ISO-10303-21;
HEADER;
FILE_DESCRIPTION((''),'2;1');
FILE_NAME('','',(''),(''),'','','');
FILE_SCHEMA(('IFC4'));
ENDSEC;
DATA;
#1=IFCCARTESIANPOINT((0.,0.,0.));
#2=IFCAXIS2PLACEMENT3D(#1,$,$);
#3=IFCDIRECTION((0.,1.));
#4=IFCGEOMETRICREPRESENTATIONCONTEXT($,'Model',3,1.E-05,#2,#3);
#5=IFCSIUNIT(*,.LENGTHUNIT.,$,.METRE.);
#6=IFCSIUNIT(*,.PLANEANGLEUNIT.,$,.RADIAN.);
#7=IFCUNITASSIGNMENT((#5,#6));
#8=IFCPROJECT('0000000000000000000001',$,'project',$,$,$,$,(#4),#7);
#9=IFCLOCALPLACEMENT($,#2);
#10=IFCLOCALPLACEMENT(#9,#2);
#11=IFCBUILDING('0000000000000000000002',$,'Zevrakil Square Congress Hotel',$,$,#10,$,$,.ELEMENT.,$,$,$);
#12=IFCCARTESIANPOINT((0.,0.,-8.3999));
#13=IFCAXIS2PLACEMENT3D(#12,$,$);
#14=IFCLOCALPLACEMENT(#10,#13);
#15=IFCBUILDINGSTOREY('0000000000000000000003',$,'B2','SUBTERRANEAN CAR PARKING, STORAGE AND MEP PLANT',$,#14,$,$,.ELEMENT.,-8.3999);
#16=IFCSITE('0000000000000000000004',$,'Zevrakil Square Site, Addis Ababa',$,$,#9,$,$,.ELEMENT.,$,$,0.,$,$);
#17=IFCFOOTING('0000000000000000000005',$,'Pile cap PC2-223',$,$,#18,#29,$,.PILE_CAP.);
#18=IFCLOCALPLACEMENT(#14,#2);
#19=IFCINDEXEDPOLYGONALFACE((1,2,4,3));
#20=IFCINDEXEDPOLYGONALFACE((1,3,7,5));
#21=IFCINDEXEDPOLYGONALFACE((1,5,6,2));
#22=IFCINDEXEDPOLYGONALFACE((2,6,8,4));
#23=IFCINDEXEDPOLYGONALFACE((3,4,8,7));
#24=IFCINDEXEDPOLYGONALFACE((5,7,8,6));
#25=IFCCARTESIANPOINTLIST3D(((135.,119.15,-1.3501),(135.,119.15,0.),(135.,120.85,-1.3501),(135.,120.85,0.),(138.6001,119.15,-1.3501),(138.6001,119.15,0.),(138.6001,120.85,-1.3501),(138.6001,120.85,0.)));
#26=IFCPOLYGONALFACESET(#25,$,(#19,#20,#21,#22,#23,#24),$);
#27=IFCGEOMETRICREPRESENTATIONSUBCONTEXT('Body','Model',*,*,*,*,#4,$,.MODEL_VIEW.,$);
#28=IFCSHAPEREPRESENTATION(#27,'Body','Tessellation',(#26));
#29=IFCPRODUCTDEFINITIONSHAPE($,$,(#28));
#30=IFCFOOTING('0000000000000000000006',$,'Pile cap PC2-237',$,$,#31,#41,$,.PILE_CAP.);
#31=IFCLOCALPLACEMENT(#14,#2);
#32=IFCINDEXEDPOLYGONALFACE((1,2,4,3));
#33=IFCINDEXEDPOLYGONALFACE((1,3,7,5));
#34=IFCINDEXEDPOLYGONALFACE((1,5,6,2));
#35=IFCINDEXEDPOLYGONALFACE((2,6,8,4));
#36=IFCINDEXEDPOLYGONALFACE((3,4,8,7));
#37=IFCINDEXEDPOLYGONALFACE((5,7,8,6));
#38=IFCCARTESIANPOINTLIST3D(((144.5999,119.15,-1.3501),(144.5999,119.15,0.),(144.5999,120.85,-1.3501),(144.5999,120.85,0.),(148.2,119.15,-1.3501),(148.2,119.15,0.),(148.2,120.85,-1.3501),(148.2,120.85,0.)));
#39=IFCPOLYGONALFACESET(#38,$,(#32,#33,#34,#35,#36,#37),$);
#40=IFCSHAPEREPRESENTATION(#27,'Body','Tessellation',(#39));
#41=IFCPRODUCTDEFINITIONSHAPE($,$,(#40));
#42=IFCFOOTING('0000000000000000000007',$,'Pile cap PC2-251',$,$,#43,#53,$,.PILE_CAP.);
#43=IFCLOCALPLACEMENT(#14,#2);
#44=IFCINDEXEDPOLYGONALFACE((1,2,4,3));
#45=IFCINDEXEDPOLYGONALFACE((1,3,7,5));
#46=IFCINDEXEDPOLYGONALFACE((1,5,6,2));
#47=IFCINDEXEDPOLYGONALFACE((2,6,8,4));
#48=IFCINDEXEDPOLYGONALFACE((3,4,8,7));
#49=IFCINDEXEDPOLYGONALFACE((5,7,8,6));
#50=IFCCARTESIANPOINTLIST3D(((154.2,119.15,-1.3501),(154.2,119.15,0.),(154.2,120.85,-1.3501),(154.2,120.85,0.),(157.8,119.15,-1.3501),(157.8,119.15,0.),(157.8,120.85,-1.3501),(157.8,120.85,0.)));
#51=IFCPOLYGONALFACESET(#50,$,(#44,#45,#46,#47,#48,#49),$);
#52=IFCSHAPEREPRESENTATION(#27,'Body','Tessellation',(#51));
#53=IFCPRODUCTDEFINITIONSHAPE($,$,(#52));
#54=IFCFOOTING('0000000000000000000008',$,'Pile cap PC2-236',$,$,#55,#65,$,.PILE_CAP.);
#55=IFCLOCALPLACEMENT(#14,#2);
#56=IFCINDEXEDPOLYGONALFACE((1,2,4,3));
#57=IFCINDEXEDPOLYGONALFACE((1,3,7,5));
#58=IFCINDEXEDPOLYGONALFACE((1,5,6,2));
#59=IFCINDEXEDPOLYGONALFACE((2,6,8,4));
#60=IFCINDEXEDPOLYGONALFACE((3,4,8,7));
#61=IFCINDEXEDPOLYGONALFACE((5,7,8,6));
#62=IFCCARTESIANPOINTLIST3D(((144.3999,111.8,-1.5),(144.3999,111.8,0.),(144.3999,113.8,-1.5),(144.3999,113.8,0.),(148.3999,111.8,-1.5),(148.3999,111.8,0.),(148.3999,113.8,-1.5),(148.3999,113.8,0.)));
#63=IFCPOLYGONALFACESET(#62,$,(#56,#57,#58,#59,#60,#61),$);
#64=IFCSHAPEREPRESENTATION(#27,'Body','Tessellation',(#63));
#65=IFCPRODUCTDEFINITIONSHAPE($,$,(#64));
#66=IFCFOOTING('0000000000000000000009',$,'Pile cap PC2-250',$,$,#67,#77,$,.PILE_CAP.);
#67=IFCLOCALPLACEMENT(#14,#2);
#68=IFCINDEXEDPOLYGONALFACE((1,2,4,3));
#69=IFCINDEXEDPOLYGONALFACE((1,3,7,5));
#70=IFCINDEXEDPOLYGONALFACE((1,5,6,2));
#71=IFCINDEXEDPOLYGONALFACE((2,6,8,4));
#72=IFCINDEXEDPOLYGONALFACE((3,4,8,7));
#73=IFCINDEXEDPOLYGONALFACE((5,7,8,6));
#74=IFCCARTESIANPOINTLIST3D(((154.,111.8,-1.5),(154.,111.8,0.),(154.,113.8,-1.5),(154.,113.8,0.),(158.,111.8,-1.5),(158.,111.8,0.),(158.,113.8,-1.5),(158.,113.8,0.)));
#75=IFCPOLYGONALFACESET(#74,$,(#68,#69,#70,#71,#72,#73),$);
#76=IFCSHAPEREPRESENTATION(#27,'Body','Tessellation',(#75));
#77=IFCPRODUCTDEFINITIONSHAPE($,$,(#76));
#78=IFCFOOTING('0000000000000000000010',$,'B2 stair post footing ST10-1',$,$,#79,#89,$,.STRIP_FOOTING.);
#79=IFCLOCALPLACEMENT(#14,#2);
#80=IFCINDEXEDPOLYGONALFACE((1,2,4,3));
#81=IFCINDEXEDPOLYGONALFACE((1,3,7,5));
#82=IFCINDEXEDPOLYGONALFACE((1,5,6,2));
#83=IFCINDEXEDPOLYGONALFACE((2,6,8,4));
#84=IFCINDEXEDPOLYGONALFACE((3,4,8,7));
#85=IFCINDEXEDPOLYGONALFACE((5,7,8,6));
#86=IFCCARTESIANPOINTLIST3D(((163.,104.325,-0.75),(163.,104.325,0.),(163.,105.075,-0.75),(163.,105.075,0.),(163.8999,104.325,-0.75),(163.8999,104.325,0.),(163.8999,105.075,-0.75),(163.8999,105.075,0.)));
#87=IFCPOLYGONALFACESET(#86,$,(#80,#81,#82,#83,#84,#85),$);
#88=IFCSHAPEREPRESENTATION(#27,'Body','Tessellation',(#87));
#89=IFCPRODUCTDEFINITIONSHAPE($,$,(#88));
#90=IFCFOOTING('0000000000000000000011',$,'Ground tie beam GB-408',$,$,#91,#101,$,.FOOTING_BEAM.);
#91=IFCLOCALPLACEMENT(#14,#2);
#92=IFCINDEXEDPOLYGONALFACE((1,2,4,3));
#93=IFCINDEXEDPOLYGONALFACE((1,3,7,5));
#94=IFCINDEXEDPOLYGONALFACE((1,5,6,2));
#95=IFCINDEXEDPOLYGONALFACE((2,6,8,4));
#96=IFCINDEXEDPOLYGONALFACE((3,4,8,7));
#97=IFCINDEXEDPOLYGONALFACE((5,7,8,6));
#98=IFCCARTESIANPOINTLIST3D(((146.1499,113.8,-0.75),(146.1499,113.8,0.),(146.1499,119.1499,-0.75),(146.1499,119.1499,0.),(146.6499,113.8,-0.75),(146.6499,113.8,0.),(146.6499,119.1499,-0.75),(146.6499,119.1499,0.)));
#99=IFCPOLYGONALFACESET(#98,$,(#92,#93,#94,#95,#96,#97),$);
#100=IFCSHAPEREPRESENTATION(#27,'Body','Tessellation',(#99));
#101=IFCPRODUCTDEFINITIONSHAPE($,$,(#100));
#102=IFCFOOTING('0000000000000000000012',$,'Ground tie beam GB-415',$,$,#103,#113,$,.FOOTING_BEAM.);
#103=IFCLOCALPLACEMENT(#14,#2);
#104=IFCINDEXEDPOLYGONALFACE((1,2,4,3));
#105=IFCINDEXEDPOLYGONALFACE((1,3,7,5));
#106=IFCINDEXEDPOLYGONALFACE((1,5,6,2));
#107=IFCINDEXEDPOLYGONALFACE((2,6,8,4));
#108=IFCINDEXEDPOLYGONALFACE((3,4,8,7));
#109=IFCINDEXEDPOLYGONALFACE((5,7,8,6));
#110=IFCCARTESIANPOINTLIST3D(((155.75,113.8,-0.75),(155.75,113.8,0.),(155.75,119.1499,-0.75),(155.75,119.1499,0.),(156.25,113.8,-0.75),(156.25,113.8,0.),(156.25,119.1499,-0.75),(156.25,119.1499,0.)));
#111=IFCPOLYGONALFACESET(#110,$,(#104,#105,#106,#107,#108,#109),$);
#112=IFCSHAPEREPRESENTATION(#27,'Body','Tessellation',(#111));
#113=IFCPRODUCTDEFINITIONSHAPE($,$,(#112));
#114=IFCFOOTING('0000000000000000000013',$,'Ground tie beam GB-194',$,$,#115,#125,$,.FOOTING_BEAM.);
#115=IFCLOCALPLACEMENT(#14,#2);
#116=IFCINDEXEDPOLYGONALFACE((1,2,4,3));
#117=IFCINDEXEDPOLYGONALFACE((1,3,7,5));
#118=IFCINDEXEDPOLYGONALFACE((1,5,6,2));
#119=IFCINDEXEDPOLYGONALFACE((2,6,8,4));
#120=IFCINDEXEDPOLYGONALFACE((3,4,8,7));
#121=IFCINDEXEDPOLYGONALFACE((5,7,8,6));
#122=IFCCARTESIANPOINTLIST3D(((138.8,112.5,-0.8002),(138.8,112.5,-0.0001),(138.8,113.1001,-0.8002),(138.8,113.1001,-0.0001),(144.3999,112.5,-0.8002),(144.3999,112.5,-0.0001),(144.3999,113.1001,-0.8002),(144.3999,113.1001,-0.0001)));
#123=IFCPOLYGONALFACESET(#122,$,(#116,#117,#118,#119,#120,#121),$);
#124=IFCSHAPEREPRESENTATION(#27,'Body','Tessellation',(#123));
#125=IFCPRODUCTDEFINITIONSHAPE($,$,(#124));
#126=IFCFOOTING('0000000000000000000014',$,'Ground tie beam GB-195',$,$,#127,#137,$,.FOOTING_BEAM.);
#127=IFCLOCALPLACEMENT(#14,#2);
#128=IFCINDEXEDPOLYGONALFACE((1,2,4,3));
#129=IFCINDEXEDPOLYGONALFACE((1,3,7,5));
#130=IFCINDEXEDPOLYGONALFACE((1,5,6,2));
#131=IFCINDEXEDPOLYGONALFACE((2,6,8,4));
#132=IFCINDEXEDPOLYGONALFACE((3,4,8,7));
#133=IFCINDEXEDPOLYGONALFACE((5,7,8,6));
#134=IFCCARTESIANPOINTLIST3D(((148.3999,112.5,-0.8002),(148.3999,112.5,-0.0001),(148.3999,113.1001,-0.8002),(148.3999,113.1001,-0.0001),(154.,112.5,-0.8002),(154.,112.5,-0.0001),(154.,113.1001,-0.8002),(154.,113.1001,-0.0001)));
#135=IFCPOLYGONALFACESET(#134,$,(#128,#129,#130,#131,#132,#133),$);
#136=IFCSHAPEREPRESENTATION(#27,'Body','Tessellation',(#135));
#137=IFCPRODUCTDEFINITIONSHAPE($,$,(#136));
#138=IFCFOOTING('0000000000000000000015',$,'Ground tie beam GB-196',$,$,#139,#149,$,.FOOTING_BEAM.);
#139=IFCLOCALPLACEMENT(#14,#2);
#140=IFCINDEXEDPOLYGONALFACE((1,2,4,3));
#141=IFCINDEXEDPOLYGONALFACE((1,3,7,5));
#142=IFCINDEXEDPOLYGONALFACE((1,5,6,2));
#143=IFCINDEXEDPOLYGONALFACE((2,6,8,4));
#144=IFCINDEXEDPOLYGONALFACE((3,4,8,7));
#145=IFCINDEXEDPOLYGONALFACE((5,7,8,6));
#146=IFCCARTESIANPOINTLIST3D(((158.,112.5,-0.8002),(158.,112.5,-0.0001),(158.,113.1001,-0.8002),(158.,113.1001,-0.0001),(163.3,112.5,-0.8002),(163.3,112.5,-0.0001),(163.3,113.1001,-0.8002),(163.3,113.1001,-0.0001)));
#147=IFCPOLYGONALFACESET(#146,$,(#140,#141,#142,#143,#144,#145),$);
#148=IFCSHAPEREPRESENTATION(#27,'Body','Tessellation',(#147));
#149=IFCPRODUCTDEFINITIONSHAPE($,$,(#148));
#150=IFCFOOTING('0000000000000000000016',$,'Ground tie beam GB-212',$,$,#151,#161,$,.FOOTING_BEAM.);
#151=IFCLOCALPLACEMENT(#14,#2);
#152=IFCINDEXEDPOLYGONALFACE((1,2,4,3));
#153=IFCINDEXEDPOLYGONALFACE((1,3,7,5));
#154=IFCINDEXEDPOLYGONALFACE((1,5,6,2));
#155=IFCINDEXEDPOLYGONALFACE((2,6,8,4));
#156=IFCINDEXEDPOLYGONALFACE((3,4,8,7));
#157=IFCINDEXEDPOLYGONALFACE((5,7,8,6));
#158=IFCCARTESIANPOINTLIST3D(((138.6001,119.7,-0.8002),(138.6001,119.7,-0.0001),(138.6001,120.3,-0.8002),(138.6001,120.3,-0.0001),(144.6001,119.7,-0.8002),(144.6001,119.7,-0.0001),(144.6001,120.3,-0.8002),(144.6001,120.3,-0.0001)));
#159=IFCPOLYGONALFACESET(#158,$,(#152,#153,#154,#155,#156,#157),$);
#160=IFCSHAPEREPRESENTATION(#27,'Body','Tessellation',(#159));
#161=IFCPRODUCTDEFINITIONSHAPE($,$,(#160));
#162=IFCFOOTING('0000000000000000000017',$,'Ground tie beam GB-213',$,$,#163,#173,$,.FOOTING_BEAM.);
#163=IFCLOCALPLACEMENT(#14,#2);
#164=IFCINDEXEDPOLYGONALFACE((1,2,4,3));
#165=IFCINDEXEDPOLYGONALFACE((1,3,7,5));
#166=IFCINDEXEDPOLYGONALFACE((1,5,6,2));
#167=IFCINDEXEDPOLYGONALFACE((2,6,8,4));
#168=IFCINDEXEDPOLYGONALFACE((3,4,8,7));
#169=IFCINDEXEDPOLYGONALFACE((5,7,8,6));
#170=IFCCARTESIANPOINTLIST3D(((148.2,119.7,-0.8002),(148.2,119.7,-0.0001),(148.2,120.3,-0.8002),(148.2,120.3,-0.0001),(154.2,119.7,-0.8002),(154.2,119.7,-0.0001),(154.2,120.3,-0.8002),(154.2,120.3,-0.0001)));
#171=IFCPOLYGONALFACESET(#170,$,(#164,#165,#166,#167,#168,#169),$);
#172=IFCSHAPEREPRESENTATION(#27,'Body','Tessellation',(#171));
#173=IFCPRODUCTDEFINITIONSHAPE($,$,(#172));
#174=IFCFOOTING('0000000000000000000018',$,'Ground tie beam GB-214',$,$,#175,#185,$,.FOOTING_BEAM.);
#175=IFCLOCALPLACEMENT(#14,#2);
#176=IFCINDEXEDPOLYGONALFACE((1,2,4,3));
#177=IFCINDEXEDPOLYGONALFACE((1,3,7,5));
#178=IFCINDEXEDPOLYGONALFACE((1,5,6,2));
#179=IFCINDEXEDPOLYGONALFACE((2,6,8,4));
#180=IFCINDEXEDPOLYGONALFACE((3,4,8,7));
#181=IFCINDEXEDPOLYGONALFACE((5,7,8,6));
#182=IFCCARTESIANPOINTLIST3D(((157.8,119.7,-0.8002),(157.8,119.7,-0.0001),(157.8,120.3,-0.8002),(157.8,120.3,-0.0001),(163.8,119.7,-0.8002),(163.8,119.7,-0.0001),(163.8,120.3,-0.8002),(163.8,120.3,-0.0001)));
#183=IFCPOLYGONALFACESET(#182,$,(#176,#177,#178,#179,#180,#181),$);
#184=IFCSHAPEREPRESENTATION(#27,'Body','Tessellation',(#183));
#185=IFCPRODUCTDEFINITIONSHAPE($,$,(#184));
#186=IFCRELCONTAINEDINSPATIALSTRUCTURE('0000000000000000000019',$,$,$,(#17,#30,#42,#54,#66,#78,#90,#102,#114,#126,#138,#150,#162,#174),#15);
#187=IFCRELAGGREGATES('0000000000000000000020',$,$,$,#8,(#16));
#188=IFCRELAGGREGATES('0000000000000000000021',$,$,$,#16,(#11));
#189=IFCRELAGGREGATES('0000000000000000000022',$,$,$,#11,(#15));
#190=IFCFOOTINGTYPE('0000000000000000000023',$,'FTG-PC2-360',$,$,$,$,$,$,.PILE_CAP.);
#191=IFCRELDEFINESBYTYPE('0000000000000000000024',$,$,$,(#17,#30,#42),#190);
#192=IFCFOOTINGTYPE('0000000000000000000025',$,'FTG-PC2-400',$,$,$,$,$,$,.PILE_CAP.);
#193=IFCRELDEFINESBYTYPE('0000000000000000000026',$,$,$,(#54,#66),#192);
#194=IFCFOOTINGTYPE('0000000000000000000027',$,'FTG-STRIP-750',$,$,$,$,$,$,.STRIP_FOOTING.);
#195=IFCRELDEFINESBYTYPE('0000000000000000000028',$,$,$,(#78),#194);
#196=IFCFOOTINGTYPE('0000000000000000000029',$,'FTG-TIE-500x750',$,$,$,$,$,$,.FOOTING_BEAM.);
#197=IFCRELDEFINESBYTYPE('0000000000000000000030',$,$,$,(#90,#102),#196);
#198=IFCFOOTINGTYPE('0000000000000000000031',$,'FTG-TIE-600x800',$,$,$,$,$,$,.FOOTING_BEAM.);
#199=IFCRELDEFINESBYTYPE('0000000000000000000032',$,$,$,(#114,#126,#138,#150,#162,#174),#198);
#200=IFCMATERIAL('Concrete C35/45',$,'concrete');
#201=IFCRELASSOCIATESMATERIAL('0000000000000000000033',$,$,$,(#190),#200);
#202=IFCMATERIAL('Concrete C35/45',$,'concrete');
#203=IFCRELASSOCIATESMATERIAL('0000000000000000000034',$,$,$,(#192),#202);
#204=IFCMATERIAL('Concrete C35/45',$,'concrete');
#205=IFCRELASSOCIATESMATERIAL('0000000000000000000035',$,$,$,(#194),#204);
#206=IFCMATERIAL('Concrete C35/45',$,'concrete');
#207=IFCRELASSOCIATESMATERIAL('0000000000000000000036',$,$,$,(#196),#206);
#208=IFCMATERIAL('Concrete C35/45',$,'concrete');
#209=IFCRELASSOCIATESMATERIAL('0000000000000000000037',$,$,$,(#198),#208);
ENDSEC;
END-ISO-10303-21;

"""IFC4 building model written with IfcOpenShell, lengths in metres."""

from ifc_helpers import new_model, si_unit, direction, frame, origin, origin_2d, place, context, subcontext, project, spatial, rectangle, extrude, material, material_profile, profile_set, type_object, element, save


model = new_model("IFC4")

# Units and contexts
model_context = context("Model", 3, precision=1e-05, world=origin(), true_north=direction((0.0, 1.0)))
body_context = subcontext(model_context, "Body", "Model", "MODEL_VIEW")
ifc_project = project(units=[si_unit("LENGTHUNIT", "METRE"), si_unit("PLANEANGLEUNIT", "RADIAN")], contexts=[model_context])

# Site, building, storey
site_placement = place(None, origin())
site = spatial("IfcSite", under=ifc_project, at=site_placement, Name="Zevrakil Square Site, Addis Ababa", CompositionType="ELEMENT", RefElevation=0.0)
building_placement = place(site_placement, origin())
building = spatial("IfcBuilding", under=site, at=building_placement, Name="Zevrakil Square Congress Hotel", CompositionType="ELEMENT")
storey_placement = place(building_placement, frame((0.0, 0.0, -8.3999)))
storey = spatial("IfcBuildingStorey", under=building, at=storey_placement, Name="B2", Description="SUBTERRANEAN CAR PARKING, STORAGE AND MEP PLANT", CompositionType="ELEMENT", Elevation=-8.3999)

# Footings
ifc_material_1 = material(Name="Concrete C35/45", Category="concrete")
footing_type_1 = type_object("IfcFootingType", Name="FTG-PC2-360", PredefinedType="PILE_CAP", material=ifc_material_1)
for number, where, z_axis, x_axis, name in (
    (1, (136.8, 120.0, -1.3501), (0.0, 0.0, 1.0), (1.0, 0.0, 0.0), "Pile cap PC2-223"),
    (2, (146.3999, 120.0, -1.3501), (0.0, 0.0, 1.0), (1.0, 0.0, 0.0), "Pile cap PC2-237"),
    (3, (156.0, 120.0, -1.3501), (0.0, 0.0, 1.0), (1.0, 0.0, 0.0), "Pile cap PC2-251"),
):
    element("IfcFooting", number, at=place(storey_placement, frame(where, z_axis=z_axis, x_axis=x_axis)), inside=storey, type_object=footing_type_1, Name=name, PredefinedType="PILE_CAP", context=body_context, shape_type="SweptSolid", body=[
        extrude(rectangle(XDim=3.6001, YDim=1.7, at=origin_2d()), origin(), (0.0, 0.0, 1.0), 1.3501),
    ])
ifc_material_2 = material(Name="Concrete C35/45", Category="concrete")
footing_type_2 = type_object("IfcFootingType", Name="FTG-PC2-400", PredefinedType="PILE_CAP", material=ifc_material_2)
for number, where, z_axis, x_axis, name in (
    (4, (146.3999, 112.8, -1.5), (0.0, 0.0, 1.0), (1.0, 0.0, 0.0), "Pile cap PC2-236"),
    (5, (156.0, 112.8, -1.5), (0.0, 0.0, 1.0), (1.0, 0.0, 0.0), "Pile cap PC2-250"),
):
    element("IfcFooting", number, at=place(storey_placement, frame(where, z_axis=z_axis, x_axis=x_axis)), inside=storey, type_object=footing_type_2, Name=name, PredefinedType="PILE_CAP", context=body_context, shape_type="SweptSolid", body=[
        extrude(rectangle(XDim=4.0, YDim=2.0, at=origin_2d()), origin(), (0.0, 0.0, 1.0), 1.5),
    ])
ifc_material_3 = material(Name="Concrete C35/45", Category="concrete")
ifc_material_profile_1 = material_profile(ifc_material_3, rectangle(XDim=0.75, YDim=0.75, at=origin_2d()), Name="RC 750x750")
ifc_profile_set_1 = profile_set([ifc_material_profile_1], Name="Concrete C35/45")
footing_type_3 = type_object("IfcFootingType", Name="FTG-STRIP-750", PredefinedType="STRIP_FOOTING", material=ifc_profile_set_1)
footing_1_placement = place(storey_placement, frame((163.0, 104.7, -0.375), z_axis=(1.0, 0.0, 0.0), x_axis=(0.0, 1.0, 0.0)))
element("IfcFooting", 6, at=footing_1_placement, inside=storey, type_object=footing_type_3, Name="B2 stair post footing ST10-1", PredefinedType="STRIP_FOOTING", context=body_context, shape_type="SweptSolid", body=[
    extrude(rectangle(XDim=0.75, YDim=0.75, at=origin_2d()), origin(), (0.0, 0.0, 1.0), 0.8999),
])
ifc_material_4 = material(Name="Concrete C35/45", Category="concrete")
ifc_material_profile_2 = material_profile(ifc_material_4, rectangle(XDim=0.5, YDim=0.75, at=origin_2d()), Name="RC 500x750")
ifc_profile_set_2 = profile_set([ifc_material_profile_2], Name="Concrete C35/45")
footing_type_4 = type_object("IfcFootingType", Name="FTG-TIE-500x750", PredefinedType="FOOTING_BEAM", material=ifc_profile_set_2)
for number, where, z_axis, x_axis, name in (
    (7, (146.3999, 113.8, -0.375), (0.0, 1.0, 0.0), (-1.0, 0.0, 0.0), "Ground tie beam GB-408"),
    (8, (156.0, 113.8, -0.375), (0.0, 1.0, 0.0), (-1.0, 0.0, 0.0), "Ground tie beam GB-415"),
):
    element("IfcFooting", number, at=place(storey_placement, frame(where, z_axis=z_axis, x_axis=x_axis)), inside=storey, type_object=footing_type_4, Name=name, PredefinedType="FOOTING_BEAM", context=body_context, shape_type="SweptSolid", body=[
        extrude(rectangle(XDim=0.5, YDim=0.75, at=origin_2d()), origin(), (0.0, 0.0, 1.0), 5.3499),
    ])
ifc_material_5 = material(Name="Concrete C35/45", Category="concrete")
ifc_material_profile_3 = material_profile(ifc_material_5, rectangle(XDim=0.6001, YDim=0.8, at=origin_2d()), Name="RC 600x800")
ifc_profile_set_3 = profile_set([ifc_material_profile_3], Name="Concrete C35/45")
footing_type_5 = type_object("IfcFootingType", Name="FTG-TIE-600x800", PredefinedType="FOOTING_BEAM", material=ifc_profile_set_3)
footing_2_placement = place(storey_placement, frame((138.8, 112.8, -0.4001), z_axis=(1.0, 0.0, 0.0), x_axis=(0.0, 1.0, 0.0)))
element("IfcFooting", 9, at=footing_2_placement, inside=storey, type_object=footing_type_5, Name="Ground tie beam GB-194", PredefinedType="FOOTING_BEAM", context=body_context, shape_type="SweptSolid", body=[
    extrude(rectangle(XDim=0.6001, YDim=0.8, at=origin_2d()), origin(), (0.0, 0.0, 1.0), 5.5999),
])
footing_3_placement = place(storey_placement, frame((148.3999, 112.8, -0.4001), z_axis=(1.0, 0.0, 0.0), x_axis=(0.0, 1.0, 0.0)))
element("IfcFooting", 10, at=footing_3_placement, inside=storey, type_object=footing_type_5, Name="Ground tie beam GB-195", PredefinedType="FOOTING_BEAM", context=body_context, shape_type="SweptSolid", body=[
    extrude(rectangle(XDim=0.6001, YDim=0.8, at=origin_2d()), origin(), (0.0, 0.0, 1.0), 5.6001),
])
footing_4_placement = place(storey_placement, frame((158.0, 112.8, -0.4001), z_axis=(1.0, 0.0, 0.0), x_axis=(0.0, 1.0, 0.0)))
element("IfcFooting", 11, at=footing_4_placement, inside=storey, type_object=footing_type_5, Name="Ground tie beam GB-196", PredefinedType="FOOTING_BEAM", context=body_context, shape_type="SweptSolid", body=[
    extrude(rectangle(XDim=0.6001, YDim=0.8, at=origin_2d()), origin(), (0.0, 0.0, 1.0), 5.3),
])
for number, where, z_axis, x_axis, name in (
    (12, (138.6001, 120.0, -0.4001), (1.0, 0.0, 0.0), (0.0, 1.0, 0.0), "Ground tie beam GB-212"),
    (13, (148.2, 120.0, -0.4001), (1.0, 0.0, 0.0), (0.0, 1.0, 0.0), "Ground tie beam GB-213"),
    (14, (157.8, 120.0, -0.4001), (1.0, 0.0, 0.0), (0.0, 1.0, 0.0), "Ground tie beam GB-214"),
):
    element("IfcFooting", number, at=place(storey_placement, frame(where, z_axis=z_axis, x_axis=x_axis)), inside=storey, type_object=footing_type_5, Name=name, PredefinedType="FOOTING_BEAM", context=body_context, shape_type="SweptSolid", body=[
        extrude(rectangle(XDim=0.6001, YDim=0.8, at=origin_2d()), origin(), (0.0, 0.0, 1.0), 6.0),
    ])

save(model, "model.ifc")
